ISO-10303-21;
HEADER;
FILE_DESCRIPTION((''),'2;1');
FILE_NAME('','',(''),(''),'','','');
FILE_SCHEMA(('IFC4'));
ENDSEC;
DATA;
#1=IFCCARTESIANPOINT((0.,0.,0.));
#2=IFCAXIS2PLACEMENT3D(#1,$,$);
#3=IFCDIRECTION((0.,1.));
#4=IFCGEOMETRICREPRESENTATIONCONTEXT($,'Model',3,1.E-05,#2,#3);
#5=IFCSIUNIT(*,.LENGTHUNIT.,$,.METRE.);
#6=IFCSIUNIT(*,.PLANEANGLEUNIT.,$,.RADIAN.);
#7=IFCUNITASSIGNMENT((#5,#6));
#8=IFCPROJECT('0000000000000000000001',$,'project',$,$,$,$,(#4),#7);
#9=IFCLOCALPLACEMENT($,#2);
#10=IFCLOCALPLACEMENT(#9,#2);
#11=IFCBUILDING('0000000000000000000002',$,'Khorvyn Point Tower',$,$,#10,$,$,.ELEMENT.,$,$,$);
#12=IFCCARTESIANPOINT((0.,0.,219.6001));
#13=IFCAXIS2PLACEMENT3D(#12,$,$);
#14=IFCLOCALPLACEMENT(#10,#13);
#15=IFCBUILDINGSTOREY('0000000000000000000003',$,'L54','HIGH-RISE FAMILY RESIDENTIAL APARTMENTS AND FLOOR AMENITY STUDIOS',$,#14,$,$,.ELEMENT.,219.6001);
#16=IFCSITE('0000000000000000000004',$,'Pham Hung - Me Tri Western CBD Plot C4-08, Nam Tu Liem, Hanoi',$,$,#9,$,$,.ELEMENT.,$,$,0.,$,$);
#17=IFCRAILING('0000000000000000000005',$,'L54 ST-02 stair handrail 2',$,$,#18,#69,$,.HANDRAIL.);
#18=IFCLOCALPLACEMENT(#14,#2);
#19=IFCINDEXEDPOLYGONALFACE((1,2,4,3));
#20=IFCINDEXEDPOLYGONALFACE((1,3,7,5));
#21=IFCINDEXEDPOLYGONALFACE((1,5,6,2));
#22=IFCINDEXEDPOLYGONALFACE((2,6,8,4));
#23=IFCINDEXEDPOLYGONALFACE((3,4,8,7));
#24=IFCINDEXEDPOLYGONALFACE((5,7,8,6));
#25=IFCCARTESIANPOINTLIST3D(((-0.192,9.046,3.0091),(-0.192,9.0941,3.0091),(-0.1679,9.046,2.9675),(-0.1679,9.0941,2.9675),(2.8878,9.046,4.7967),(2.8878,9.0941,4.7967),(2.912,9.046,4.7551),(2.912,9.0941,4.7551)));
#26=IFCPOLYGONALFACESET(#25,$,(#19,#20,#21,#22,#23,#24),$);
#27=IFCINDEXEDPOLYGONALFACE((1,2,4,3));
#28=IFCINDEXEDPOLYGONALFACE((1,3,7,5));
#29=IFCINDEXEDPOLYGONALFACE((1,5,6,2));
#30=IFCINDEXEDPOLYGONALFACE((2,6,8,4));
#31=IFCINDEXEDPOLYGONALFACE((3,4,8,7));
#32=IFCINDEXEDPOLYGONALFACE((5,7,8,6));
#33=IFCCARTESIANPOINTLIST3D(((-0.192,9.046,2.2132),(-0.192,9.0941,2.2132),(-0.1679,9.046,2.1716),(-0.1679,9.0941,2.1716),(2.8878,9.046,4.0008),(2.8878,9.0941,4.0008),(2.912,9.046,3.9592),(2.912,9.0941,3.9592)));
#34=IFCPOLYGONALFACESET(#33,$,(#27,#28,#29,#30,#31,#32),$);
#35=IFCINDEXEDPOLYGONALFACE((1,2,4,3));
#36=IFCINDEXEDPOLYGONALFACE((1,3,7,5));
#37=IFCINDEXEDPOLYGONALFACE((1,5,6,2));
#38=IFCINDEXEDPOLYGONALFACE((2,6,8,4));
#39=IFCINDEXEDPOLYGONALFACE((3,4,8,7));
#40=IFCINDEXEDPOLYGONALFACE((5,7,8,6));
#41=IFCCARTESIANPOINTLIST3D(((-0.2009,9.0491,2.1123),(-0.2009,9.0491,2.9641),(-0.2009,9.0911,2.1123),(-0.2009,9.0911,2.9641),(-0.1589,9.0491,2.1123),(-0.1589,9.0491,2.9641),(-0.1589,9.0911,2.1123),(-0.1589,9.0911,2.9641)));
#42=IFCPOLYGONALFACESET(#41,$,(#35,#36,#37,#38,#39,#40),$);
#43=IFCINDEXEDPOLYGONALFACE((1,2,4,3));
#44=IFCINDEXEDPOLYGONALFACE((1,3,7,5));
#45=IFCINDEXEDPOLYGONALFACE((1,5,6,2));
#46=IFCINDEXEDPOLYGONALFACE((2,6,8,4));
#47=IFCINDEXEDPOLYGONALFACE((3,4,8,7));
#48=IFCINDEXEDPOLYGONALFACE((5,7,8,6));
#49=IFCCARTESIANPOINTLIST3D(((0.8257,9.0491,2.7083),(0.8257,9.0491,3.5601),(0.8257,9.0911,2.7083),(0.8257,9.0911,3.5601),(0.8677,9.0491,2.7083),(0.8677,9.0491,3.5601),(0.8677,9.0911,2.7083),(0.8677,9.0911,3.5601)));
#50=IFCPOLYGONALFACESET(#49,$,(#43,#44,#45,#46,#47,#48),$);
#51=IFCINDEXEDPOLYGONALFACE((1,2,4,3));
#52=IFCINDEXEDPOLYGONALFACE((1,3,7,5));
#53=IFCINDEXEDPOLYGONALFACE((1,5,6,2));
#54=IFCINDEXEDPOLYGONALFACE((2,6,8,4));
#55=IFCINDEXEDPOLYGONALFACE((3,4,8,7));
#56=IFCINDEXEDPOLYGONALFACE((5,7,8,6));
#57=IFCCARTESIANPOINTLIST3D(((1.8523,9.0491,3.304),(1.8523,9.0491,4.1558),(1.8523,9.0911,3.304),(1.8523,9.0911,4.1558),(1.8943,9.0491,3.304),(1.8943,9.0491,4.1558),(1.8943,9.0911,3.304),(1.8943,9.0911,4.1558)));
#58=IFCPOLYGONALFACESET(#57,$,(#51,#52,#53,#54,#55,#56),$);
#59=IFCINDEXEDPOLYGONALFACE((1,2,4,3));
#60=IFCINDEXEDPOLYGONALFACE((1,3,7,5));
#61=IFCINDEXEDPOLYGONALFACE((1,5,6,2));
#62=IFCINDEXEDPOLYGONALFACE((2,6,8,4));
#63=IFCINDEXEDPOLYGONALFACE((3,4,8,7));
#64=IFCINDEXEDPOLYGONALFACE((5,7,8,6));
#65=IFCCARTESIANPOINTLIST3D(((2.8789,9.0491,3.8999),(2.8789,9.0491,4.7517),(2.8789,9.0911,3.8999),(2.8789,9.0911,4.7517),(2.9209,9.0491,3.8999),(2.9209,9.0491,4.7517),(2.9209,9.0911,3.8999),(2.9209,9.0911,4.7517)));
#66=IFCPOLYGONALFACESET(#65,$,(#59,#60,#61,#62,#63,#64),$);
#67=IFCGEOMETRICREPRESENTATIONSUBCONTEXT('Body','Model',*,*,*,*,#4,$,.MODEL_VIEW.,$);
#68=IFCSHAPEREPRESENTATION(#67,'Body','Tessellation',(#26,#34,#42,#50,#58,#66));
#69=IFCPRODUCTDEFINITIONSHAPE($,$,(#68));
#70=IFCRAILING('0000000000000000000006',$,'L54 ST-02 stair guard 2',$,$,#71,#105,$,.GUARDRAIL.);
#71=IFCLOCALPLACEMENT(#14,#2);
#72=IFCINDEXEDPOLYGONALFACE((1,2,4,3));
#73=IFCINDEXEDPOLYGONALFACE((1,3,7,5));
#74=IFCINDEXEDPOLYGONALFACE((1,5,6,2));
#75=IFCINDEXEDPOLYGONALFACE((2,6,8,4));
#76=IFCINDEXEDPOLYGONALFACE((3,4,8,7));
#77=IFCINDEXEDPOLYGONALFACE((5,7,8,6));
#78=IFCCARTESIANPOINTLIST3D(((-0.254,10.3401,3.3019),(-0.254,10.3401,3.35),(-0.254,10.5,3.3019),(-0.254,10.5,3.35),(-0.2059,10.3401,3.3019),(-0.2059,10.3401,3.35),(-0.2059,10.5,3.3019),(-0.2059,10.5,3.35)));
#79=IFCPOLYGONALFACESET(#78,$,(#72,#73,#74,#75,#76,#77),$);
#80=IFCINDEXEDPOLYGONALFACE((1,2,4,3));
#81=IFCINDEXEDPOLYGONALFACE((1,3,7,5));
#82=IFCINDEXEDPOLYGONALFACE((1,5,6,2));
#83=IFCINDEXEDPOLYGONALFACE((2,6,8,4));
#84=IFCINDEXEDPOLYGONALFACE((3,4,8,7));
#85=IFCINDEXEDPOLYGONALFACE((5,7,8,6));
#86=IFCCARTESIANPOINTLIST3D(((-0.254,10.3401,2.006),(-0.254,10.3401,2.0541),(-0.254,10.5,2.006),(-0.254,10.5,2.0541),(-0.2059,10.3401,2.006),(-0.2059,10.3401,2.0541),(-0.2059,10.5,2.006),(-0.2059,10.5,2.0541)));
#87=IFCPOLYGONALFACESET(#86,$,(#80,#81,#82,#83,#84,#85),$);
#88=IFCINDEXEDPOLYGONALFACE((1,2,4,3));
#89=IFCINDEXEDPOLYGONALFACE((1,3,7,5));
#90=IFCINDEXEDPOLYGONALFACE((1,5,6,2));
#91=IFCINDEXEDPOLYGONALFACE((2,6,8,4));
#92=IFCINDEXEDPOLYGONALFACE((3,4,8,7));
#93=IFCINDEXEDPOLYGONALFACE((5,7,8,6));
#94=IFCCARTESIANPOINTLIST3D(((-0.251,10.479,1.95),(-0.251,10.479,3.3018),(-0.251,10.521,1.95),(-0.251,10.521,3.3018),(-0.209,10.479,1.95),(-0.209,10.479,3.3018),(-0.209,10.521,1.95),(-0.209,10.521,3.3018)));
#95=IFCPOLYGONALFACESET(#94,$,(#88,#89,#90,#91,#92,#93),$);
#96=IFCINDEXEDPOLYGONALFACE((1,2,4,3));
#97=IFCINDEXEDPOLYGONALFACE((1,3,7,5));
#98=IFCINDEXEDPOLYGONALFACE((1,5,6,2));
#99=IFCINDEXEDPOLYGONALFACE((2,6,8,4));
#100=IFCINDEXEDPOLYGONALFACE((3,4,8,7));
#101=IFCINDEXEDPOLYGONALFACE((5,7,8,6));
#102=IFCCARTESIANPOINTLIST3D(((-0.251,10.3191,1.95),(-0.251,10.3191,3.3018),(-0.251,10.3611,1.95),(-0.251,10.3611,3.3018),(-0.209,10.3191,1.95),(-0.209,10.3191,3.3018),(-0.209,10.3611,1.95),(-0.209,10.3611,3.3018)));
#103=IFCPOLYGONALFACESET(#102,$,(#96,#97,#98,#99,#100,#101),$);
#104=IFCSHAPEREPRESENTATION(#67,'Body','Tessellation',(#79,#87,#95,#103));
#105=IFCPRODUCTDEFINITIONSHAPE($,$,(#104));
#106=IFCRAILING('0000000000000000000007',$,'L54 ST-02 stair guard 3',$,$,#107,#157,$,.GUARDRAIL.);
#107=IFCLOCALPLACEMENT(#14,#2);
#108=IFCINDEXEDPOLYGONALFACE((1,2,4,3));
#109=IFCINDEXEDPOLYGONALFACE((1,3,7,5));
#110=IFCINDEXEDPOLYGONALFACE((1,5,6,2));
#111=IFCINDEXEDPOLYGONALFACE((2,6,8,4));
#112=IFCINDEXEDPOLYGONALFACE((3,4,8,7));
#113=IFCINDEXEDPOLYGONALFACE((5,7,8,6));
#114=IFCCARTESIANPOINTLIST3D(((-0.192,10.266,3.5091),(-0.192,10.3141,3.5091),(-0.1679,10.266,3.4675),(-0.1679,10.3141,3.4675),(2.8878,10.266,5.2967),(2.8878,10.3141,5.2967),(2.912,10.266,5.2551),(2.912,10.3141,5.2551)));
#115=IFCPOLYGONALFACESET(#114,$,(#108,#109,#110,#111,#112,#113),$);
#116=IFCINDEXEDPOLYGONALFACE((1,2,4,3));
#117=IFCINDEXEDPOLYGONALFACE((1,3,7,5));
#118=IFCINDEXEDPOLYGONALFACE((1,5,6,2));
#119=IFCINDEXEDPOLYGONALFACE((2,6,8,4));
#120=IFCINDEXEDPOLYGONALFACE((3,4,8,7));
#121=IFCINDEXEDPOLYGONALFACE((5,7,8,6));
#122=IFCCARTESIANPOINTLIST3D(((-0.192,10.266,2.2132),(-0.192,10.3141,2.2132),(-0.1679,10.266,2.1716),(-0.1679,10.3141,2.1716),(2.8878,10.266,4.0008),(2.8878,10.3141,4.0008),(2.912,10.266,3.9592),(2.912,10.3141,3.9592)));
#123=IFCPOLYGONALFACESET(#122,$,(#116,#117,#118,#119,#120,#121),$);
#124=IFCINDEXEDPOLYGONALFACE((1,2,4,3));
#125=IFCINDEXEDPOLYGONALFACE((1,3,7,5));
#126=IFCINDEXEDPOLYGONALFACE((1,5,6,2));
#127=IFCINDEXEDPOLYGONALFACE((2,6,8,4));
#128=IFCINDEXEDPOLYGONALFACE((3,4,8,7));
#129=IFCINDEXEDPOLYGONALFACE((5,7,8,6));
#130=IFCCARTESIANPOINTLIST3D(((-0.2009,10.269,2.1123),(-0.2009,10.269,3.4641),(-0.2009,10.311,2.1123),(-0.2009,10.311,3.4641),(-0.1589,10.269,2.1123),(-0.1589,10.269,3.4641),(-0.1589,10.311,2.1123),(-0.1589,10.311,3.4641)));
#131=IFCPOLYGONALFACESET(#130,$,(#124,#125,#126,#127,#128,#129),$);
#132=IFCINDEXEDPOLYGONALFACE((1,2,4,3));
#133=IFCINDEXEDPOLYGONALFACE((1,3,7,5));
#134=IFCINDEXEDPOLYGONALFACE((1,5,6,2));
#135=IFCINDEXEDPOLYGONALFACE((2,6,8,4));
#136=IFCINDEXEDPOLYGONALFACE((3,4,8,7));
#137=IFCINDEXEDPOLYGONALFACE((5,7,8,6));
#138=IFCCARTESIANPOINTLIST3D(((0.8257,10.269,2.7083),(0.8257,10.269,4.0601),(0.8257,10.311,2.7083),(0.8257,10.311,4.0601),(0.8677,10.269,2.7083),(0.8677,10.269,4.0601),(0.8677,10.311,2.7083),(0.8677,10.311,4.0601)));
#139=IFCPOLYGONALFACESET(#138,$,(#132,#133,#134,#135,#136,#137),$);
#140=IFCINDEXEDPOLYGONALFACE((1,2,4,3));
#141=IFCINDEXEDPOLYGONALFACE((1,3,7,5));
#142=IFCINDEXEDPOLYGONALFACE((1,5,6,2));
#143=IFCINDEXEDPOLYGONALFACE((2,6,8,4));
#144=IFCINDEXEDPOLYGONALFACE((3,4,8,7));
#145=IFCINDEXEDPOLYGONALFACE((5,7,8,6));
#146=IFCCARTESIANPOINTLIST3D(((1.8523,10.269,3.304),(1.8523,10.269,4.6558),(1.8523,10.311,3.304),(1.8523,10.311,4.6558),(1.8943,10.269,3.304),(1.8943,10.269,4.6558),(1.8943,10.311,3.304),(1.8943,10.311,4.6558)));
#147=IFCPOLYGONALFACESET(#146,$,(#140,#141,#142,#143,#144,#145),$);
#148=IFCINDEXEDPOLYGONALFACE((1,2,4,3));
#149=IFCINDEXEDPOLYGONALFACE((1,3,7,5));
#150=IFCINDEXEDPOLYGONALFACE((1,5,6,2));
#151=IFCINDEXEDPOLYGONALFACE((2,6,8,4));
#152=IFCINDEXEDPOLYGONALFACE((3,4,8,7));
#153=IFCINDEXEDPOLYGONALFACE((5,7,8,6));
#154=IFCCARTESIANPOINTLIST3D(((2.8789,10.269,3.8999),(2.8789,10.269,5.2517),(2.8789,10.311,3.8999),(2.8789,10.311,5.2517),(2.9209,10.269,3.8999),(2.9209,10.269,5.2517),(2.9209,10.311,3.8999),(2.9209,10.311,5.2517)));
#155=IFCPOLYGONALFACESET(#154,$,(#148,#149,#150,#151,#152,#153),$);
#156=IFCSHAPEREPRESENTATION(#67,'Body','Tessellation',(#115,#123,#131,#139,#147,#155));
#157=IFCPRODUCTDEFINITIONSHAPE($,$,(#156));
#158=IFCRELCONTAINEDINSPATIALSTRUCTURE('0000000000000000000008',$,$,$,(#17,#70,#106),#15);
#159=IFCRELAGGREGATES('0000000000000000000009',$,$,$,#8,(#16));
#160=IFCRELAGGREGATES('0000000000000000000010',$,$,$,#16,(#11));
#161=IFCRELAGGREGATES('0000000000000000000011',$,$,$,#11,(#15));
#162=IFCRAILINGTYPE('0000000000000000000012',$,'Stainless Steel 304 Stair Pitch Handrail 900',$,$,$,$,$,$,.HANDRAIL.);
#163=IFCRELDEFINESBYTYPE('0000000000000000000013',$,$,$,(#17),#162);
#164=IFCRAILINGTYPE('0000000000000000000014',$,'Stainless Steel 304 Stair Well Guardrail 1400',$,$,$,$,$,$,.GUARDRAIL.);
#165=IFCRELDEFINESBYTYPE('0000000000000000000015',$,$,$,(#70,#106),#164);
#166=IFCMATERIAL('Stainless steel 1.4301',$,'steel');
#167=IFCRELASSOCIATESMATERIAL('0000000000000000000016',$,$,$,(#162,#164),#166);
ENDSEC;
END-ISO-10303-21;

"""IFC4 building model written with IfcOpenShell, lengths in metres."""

from ifc_helpers import new_model, si_unit, direction, frame, origin, origin_2d, place, context, subcontext, project, spatial, rectangle, extrude, material, type_object, element, save


model = new_model("IFC4")

# Units and contexts
model_context = context("Model", 3, precision=1e-05, world=origin(), true_north=direction((0.0, 1.0)))
body_context = subcontext(model_context, "Body", "Model", "MODEL_VIEW")
ifc_project = project(units=[si_unit("LENGTHUNIT", "METRE"), si_unit("PLANEANGLEUNIT", "RADIAN")], contexts=[model_context])

# Site, building, storey
site_placement = place(None, origin())
site = spatial("IfcSite", under=ifc_project, at=site_placement, Name="Pham Hung - Me Tri Western CBD Plot C4-08, Nam Tu Liem, Hanoi", CompositionType="ELEMENT", RefElevation=0.0)
building_placement = place(site_placement, origin())
building = spatial("IfcBuilding", under=site, at=building_placement, Name="Khorvyn Point Tower", CompositionType="ELEMENT")
storey_placement = place(building_placement, frame((0.0, 0.0, 219.6001)))
storey = spatial("IfcBuildingStorey", under=building, at=storey_placement, Name="L54", Description="HIGH-RISE FAMILY RESIDENTIAL APARTMENTS AND FLOOR AMENITY STUDIOS", CompositionType="ELEMENT", Elevation=219.6001)

# Shared definitions
ifc_material_1 = material(Name="Stainless steel 1.4301", Category="steel")

# Railings
railing_type_1 = type_object("IfcRailingType", Name="Stainless Steel 304 Stair Pitch Handrail 900", PredefinedType="HANDRAIL", material=ifc_material_1)
railing_1_placement = place(storey_placement, frame((-0.1799, 9.0701, 2.1123)))
element("IfcRailing", 1, at=railing_1_placement, inside=storey, type_object=railing_type_1, Name="L54 ST-02 stair handrail 2", PredefinedType="HANDRAIL", context=body_context, shape_type="SweptSolid", body=[
    extrude(rectangle(XDim=0.0481, YDim=0.0481, at=origin_2d()), frame((0.0, 0.0, 0.876), z_axis=(0.864873, 0.0, 0.50199), x_axis=(0.0, 1.0, 0.0)), (0.0, 0.0, 1.0), 3.561),
    extrude(rectangle(XDim=0.0481, YDim=0.0481, at=origin_2d()), frame((0.0, 0.0, 0.0801), z_axis=(0.864873, 0.0, 0.50199), x_axis=(0.0, 1.0, 0.0)), (0.0, 0.0, 1.0), 3.561),
    extrude(rectangle(XDim=0.042, YDim=0.042, at=origin_2d()), origin(), (0.0, 0.0, 1.0), 0.8518),
    extrude(rectangle(XDim=0.042, YDim=0.042, at=origin_2d()), frame((1.0266, 0.0, 0.5959)), (0.0, 0.0, 1.0), 0.8518),
    extrude(rectangle(XDim=0.042, YDim=0.042, at=origin_2d()), frame((2.0532, 0.0, 1.1917)), (0.0, 0.0, 1.0), 0.8518),
    extrude(rectangle(XDim=0.042, YDim=0.042, at=origin_2d()), frame((3.0798, 0.0, 1.7876)), (0.0, 0.0, 1.0), 0.8518),
])
railing_type_2 = type_object("IfcRailingType", Name="Stainless Steel 304 Stair Well Guardrail 1400", PredefinedType="GUARDRAIL", material=ifc_material_1)
railing_2_placement = place(storey_placement, frame((-0.23, 10.5, 1.95)))
element("IfcRailing", 2, at=railing_2_placement, inside=storey, type_object=railing_type_2, Name="L54 ST-02 stair guard 2", PredefinedType="GUARDRAIL", context=body_context, shape_type="SweptSolid", body=[
    extrude(rectangle(XDim=0.0481, YDim=0.0481, at=origin_2d()), frame((0.0, 0.0, 1.376), z_axis=(0.0, -1.0, 0.0), x_axis=(1.0, 0.0, 0.0)), (0.0, 0.0, 1.0), 0.1599),
    extrude(rectangle(XDim=0.0481, YDim=0.0481, at=origin_2d()), frame((0.0, 0.0, 0.0801), z_axis=(0.0, -1.0, 0.0), x_axis=(1.0, 0.0, 0.0)), (0.0, 0.0, 1.0), 0.1599),
    extrude(rectangle(XDim=0.042, YDim=0.042, at=origin_2d()), origin(), (0.0, 0.0, 1.0), 1.3518),
    extrude(rectangle(XDim=0.042, YDim=0.042, at=origin_2d()), frame((0.0, -0.1599, 0.0)), (0.0, 0.0, 1.0), 1.3518),
])
railing_3_placement = place(storey_placement, frame((-0.1799, 10.29, 2.1123)))
element("IfcRailing", 3, at=railing_3_placement, inside=storey, type_object=railing_type_2, Name="L54 ST-02 stair guard 3", PredefinedType="GUARDRAIL", context=body_context, shape_type="SweptSolid", body=[
    extrude(rectangle(XDim=0.0481, YDim=0.0481, at=origin_2d()), frame((0.0, 0.0, 1.376), z_axis=(0.864873, 0.0, 0.50199), x_axis=(0.0, 1.0, 0.0)), (0.0, 0.0, 1.0), 3.561),
    extrude(rectangle(XDim=0.0481, YDim=0.0481, at=origin_2d()), frame((0.0, 0.0, 0.0801), z_axis=(0.864873, 0.0, 0.50199), x_axis=(0.0, 1.0, 0.0)), (0.0, 0.0, 1.0), 3.561),
    extrude(rectangle(XDim=0.042, YDim=0.042, at=origin_2d()), origin(), (0.0, 0.0, 1.0), 1.3518),
    extrude(rectangle(XDim=0.042, YDim=0.042, at=origin_2d()), frame((1.0266, 0.0, 0.5959)), (0.0, 0.0, 1.0), 1.3518),
    extrude(rectangle(XDim=0.042, YDim=0.042, at=origin_2d()), frame((2.0532, 0.0, 1.1917)), (0.0, 0.0, 1.0), 1.3518),
    extrude(rectangle(XDim=0.042, YDim=0.042, at=origin_2d()), frame((3.0798, 0.0, 1.7876)), (0.0, 0.0, 1.0), 1.3518),
])

save(model, "model.ifc")
